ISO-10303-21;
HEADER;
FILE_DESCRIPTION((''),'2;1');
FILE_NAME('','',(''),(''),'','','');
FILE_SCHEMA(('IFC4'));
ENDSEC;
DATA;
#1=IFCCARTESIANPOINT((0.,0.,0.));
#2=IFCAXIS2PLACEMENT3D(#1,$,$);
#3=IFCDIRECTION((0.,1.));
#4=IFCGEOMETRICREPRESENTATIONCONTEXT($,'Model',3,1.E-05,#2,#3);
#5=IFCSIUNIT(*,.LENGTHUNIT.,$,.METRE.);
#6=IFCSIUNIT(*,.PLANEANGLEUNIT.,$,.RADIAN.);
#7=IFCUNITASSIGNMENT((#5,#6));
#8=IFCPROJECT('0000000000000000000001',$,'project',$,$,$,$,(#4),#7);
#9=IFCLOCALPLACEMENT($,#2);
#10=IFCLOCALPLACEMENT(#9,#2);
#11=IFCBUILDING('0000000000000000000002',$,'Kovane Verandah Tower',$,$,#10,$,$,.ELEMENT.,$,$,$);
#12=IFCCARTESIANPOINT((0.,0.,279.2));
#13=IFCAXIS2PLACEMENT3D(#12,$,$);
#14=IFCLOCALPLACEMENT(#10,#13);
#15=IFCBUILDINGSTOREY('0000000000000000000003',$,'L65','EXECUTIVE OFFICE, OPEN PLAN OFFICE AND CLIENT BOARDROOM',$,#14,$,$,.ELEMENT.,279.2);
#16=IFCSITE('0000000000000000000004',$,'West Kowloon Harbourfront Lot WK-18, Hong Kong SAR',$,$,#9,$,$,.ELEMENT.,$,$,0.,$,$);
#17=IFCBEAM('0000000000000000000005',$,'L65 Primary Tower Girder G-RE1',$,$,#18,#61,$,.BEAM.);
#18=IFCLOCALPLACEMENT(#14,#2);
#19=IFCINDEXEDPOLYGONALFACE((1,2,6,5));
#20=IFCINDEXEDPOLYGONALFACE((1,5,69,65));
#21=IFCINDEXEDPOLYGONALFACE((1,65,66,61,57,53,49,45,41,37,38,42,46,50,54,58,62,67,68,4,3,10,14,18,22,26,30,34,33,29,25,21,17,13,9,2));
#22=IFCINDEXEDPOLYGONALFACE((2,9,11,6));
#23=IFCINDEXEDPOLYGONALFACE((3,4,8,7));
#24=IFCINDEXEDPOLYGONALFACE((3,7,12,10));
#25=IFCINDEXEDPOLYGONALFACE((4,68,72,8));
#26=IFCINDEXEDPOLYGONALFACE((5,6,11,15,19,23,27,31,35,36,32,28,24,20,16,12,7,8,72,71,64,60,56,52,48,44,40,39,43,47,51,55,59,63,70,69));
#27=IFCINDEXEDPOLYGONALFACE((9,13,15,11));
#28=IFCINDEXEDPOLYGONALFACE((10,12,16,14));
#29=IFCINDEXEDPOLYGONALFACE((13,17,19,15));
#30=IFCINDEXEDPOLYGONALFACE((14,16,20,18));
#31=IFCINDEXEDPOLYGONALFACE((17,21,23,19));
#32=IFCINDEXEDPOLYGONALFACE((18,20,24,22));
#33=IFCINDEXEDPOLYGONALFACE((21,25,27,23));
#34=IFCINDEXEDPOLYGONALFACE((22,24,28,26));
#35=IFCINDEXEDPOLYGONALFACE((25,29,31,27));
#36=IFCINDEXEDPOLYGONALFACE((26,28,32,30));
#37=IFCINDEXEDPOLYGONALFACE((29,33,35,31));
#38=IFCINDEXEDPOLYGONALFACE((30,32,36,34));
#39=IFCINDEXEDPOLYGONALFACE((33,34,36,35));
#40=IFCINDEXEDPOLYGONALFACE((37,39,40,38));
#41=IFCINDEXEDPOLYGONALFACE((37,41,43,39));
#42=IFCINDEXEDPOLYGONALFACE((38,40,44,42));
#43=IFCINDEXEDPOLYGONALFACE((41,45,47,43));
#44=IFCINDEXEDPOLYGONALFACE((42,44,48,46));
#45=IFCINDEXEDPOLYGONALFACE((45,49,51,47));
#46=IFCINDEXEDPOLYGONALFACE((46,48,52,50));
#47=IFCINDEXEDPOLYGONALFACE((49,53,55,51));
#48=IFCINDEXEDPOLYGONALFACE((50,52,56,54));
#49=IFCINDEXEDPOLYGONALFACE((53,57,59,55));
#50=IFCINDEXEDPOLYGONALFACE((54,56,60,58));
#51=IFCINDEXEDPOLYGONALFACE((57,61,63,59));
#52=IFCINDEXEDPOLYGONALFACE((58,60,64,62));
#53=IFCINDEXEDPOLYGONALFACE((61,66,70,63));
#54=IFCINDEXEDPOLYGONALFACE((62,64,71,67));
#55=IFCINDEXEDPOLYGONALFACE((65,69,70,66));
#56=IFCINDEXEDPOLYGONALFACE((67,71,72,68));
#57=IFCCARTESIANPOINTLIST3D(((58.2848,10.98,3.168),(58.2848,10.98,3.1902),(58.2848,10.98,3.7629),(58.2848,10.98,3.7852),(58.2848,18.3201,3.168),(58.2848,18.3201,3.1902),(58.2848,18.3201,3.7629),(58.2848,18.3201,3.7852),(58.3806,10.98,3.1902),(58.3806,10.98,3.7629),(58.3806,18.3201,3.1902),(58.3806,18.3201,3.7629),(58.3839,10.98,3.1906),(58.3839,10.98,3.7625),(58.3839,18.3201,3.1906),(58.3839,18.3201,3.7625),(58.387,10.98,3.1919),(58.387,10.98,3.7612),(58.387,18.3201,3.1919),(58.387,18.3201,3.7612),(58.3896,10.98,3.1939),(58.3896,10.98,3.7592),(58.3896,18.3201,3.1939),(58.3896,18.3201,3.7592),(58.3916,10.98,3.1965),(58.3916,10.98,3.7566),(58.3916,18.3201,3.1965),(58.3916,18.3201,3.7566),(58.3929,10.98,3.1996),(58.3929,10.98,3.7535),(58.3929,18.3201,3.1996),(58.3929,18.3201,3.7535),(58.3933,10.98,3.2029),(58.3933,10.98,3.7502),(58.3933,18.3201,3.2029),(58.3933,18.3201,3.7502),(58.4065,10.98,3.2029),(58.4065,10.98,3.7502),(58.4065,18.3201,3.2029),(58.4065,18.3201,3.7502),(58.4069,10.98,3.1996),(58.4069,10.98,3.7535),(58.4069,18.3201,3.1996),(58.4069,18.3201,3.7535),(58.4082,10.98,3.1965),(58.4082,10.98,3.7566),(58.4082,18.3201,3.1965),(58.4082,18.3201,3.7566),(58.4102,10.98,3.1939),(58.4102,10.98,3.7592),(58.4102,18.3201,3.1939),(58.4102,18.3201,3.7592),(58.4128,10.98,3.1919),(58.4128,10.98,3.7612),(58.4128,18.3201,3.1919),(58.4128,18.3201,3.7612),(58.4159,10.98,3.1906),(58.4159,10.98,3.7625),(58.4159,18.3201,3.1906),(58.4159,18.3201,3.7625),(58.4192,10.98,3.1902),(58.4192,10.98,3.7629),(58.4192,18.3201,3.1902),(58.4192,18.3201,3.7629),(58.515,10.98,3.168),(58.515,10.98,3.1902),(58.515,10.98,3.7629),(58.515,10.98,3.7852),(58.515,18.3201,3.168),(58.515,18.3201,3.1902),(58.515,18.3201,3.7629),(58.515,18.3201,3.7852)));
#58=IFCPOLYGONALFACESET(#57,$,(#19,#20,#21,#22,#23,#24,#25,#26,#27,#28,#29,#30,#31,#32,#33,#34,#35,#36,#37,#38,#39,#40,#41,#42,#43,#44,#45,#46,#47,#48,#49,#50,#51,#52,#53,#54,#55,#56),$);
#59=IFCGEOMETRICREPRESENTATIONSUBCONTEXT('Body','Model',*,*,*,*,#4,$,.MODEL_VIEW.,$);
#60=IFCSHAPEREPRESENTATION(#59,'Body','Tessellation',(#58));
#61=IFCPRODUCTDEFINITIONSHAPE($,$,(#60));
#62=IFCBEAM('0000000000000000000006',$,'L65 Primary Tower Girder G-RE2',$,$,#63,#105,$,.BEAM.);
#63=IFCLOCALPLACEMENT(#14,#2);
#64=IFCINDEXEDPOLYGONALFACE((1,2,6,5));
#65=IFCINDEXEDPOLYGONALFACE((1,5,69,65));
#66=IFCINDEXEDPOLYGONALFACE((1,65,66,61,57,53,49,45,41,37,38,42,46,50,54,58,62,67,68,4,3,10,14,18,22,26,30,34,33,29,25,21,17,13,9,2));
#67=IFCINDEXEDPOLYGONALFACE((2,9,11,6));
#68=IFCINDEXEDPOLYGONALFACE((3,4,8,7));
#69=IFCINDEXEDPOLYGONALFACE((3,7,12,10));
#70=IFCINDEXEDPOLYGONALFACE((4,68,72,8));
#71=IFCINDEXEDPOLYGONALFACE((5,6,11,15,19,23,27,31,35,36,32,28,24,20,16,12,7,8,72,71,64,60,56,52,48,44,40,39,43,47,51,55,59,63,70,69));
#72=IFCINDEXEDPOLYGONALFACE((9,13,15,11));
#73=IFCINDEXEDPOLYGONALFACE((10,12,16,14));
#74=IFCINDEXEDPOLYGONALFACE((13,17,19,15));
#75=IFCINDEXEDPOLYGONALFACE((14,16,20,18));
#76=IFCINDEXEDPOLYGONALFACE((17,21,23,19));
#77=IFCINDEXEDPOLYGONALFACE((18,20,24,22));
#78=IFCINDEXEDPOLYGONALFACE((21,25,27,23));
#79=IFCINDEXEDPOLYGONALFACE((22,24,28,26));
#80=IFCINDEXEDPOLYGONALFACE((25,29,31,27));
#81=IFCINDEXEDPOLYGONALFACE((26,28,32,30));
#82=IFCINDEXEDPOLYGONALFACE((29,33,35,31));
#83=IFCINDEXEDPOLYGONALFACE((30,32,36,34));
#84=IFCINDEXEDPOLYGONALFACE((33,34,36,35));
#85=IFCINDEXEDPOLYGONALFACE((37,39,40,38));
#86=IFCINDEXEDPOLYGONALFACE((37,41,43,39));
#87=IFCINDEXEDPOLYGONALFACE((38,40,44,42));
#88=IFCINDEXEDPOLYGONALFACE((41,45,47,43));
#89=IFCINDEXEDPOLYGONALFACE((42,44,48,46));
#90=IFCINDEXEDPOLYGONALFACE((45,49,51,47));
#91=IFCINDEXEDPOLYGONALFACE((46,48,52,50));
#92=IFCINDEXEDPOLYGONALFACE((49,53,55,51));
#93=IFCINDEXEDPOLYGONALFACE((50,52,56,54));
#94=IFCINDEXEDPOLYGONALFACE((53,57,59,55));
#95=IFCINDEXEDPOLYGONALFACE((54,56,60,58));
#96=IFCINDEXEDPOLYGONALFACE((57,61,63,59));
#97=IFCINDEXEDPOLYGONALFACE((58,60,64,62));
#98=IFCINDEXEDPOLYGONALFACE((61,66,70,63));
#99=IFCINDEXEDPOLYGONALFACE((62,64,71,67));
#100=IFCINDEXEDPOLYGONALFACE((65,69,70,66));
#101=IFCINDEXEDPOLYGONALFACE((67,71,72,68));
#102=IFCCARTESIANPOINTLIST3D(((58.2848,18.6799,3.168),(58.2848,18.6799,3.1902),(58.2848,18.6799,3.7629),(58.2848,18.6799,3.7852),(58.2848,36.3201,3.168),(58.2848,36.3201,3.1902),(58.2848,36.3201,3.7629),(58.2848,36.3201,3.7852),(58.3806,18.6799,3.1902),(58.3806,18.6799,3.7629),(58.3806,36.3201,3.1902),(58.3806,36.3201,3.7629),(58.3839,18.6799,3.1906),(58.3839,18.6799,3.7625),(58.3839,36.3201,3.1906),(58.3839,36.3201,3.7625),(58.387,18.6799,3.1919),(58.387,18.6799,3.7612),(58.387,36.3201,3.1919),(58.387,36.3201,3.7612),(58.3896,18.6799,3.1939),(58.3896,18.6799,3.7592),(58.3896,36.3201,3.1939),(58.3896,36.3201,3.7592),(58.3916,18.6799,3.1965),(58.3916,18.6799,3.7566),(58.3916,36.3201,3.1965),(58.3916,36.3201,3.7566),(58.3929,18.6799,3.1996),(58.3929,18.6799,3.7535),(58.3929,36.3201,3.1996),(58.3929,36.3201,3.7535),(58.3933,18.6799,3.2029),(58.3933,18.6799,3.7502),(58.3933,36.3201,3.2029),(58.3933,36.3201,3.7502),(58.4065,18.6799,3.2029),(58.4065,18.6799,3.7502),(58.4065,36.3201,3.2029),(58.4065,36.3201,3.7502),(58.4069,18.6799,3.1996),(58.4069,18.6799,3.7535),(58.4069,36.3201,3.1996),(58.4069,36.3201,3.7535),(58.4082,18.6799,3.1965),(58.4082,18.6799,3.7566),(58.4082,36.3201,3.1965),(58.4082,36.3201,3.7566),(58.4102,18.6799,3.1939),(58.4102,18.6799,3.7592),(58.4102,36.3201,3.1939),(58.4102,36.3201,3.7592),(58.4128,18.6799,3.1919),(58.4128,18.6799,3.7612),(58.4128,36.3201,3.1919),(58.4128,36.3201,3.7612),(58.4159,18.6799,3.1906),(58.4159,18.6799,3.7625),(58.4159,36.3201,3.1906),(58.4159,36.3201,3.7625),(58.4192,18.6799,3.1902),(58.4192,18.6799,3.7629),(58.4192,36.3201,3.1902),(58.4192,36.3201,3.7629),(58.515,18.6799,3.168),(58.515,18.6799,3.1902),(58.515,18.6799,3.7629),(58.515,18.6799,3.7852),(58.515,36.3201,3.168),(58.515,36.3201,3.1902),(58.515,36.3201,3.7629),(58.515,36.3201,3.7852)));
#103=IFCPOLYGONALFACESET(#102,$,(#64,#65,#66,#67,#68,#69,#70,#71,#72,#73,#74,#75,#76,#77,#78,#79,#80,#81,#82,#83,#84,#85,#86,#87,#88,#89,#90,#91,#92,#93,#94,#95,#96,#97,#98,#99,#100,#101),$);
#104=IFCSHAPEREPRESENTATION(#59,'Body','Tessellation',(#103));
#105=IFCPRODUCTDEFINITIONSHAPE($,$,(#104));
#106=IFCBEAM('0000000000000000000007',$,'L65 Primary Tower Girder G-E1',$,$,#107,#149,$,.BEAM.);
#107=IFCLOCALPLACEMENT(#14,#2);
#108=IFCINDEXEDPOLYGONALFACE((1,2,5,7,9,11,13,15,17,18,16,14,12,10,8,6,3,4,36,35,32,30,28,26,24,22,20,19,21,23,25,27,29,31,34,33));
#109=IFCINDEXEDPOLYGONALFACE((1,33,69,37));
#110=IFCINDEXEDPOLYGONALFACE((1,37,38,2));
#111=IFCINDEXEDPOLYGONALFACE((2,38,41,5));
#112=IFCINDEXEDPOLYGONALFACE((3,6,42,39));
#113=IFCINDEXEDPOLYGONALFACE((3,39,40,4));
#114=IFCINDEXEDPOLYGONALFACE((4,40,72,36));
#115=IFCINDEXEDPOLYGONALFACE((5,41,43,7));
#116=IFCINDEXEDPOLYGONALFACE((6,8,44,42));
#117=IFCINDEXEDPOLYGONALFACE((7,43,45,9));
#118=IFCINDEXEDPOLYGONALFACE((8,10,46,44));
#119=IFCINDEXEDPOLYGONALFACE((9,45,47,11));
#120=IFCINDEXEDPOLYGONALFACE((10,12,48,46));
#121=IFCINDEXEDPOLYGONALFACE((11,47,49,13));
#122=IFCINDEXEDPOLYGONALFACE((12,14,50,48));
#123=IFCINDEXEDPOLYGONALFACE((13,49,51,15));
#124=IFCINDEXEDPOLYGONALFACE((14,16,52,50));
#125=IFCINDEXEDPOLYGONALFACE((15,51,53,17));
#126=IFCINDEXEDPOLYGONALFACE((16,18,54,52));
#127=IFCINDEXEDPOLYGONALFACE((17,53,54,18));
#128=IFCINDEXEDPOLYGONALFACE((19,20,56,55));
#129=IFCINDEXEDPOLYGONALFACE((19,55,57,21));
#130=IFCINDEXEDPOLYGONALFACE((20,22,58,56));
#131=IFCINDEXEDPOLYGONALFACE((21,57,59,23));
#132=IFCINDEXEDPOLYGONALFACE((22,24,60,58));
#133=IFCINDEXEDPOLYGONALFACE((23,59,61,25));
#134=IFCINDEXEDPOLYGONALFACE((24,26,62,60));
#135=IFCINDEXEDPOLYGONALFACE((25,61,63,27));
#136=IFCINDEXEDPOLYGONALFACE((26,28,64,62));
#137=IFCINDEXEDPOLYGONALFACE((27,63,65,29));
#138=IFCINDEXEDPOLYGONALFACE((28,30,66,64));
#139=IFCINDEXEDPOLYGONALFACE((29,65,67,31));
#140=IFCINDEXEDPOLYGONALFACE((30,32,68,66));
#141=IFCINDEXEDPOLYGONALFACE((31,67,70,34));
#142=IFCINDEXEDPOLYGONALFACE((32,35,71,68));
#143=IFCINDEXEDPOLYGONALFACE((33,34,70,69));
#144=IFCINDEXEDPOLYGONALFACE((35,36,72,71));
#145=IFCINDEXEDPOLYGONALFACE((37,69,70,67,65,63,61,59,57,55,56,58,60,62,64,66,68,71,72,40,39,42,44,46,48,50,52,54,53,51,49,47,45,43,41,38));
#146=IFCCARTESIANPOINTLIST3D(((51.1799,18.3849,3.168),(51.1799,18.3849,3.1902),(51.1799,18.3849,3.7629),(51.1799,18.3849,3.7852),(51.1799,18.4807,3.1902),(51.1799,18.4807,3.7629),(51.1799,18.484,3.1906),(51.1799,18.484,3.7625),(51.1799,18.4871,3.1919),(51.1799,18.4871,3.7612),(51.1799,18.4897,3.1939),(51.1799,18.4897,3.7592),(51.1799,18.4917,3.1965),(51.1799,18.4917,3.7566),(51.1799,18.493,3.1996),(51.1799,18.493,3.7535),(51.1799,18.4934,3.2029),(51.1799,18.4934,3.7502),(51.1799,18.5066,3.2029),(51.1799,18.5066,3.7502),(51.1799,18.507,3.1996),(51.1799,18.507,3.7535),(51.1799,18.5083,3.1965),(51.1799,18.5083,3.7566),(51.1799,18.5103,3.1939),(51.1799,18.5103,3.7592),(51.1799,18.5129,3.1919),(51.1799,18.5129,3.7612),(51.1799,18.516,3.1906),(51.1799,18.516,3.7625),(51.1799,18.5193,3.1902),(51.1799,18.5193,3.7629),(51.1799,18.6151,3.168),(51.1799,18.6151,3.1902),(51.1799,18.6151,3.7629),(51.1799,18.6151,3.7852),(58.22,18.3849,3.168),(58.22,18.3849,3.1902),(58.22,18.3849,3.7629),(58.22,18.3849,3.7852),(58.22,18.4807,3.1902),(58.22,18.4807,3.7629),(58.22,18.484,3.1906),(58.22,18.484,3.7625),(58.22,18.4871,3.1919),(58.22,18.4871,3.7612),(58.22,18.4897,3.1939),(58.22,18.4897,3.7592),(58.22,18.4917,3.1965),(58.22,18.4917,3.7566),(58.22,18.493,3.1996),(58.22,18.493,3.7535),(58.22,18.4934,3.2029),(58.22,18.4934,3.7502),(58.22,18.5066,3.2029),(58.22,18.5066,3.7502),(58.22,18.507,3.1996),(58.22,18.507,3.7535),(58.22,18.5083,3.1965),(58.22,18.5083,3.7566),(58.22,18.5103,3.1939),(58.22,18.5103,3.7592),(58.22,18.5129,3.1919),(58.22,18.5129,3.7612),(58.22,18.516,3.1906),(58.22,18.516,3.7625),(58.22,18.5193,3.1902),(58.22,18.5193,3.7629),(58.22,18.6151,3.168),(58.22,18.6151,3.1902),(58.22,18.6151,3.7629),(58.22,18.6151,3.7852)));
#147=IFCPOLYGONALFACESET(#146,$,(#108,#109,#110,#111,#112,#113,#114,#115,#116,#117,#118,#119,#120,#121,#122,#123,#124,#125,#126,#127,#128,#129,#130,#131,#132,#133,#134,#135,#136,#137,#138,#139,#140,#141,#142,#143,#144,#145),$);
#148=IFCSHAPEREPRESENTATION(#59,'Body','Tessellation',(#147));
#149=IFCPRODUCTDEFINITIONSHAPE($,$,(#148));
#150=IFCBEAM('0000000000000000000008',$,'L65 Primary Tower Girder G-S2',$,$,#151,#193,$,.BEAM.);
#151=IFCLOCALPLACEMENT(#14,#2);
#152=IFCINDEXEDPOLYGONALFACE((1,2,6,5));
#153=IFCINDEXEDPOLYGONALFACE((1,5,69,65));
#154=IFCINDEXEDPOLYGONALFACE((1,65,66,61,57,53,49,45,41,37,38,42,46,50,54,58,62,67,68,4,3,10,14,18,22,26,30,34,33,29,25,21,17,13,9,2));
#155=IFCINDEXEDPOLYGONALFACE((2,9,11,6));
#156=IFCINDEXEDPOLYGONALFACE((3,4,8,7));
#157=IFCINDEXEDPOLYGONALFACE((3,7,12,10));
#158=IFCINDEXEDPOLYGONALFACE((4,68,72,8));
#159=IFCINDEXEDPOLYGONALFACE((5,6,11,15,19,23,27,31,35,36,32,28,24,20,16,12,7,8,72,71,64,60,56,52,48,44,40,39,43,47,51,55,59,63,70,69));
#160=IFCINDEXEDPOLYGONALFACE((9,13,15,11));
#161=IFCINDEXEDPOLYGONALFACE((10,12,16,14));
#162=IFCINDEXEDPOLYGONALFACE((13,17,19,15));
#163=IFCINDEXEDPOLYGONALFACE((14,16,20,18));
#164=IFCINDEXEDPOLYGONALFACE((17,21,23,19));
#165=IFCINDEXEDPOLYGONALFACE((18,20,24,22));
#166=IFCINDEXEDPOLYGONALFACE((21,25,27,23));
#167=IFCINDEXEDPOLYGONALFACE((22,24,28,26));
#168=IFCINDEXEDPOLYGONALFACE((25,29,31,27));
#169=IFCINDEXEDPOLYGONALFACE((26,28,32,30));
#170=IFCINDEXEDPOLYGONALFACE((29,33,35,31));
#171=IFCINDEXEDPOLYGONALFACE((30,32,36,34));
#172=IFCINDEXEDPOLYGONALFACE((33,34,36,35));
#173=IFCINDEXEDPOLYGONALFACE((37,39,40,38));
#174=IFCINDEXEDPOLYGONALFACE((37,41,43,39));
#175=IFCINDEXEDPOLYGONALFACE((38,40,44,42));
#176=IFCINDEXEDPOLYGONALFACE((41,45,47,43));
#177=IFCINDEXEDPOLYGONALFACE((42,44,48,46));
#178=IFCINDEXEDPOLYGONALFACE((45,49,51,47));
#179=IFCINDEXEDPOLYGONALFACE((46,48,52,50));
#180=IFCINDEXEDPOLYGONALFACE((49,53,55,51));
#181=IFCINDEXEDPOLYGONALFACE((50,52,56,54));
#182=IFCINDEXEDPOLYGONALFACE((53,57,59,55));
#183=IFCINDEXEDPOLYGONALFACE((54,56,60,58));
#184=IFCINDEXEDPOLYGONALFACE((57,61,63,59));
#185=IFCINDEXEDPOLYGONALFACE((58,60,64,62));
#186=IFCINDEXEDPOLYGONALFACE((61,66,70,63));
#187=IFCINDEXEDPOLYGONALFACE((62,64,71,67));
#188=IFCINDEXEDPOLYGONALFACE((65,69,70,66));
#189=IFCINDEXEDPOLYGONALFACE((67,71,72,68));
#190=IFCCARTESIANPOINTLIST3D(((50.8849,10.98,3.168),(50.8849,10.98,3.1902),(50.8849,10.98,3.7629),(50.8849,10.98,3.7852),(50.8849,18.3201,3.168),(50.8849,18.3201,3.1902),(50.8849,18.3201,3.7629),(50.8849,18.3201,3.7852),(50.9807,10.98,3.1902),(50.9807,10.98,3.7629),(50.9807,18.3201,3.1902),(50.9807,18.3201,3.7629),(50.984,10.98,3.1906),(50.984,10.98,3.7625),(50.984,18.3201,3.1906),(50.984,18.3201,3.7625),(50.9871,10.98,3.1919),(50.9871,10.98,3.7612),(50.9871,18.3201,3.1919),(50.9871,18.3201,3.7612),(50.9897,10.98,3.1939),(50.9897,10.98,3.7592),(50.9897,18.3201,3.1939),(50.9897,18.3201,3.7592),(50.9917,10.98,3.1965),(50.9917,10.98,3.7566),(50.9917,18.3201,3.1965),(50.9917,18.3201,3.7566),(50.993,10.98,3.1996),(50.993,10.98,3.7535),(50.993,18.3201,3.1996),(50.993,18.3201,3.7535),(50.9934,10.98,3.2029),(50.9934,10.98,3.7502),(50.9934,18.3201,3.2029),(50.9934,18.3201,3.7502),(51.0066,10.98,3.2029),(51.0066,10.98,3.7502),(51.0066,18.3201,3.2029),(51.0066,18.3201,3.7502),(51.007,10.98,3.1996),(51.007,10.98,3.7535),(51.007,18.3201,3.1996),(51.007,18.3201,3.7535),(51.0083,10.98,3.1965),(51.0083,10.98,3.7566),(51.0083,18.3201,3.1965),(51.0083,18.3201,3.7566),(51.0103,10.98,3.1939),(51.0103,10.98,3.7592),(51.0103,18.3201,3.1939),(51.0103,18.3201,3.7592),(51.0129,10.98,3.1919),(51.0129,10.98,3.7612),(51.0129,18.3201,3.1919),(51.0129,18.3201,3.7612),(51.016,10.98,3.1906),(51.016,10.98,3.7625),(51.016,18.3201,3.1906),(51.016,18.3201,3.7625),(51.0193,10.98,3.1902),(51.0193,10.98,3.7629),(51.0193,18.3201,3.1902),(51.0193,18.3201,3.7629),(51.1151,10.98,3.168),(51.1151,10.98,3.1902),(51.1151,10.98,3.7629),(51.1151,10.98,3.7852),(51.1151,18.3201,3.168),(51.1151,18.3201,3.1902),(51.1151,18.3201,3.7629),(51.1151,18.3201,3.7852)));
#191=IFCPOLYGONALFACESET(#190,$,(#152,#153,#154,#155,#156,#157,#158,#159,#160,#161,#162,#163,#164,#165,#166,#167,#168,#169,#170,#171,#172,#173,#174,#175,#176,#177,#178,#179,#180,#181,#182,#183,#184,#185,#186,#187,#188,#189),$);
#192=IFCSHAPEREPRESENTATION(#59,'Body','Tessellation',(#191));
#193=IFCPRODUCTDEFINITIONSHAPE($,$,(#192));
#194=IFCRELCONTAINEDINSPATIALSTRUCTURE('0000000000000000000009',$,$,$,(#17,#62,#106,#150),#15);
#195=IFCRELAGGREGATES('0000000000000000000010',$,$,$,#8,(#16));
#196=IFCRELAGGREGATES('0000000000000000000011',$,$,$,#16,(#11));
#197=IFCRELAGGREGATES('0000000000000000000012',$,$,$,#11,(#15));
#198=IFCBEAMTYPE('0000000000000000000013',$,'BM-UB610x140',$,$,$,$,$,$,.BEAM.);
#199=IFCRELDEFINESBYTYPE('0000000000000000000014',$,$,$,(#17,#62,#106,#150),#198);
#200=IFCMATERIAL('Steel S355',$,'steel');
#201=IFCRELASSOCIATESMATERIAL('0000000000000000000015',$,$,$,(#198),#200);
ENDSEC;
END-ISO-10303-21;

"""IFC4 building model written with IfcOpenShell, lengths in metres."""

from ifc_helpers import new_model, si_unit, direction, frame, origin, origin_2d, place, context, subcontext, project, spatial, i_section, extrude, material, material_profile, profile_set, type_object, element, save


model = new_model("IFC4")

# Units and contexts
model_context = context("Model", 3, precision=1e-05, world=origin(), true_north=direction((0.0, 1.0)))
body_context = subcontext(model_context, "Body", "Model", "MODEL_VIEW")
ifc_project = project(units=[si_unit("LENGTHUNIT", "METRE"), si_unit("PLANEANGLEUNIT", "RADIAN")], contexts=[model_context])

# Site, building, storey
site_placement = place(None, origin())
site = spatial("IfcSite", under=ifc_project, at=site_placement, Name="West Kowloon Harbourfront Lot WK-18, Hong Kong SAR", CompositionType="ELEMENT", RefElevation=0.0)
building_placement = place(site_placement, origin())
building = spatial("IfcBuilding", under=site, at=building_placement, Name="Kovane Verandah Tower", CompositionType="ELEMENT")
storey_placement = place(building_placement, frame((0.0, 0.0, 279.2)))
storey = spatial("IfcBuildingStorey", under=building, at=storey_placement, Name="L65", Description="EXECUTIVE OFFICE, OPEN PLAN OFFICE AND CLIENT BOARDROOM", CompositionType="ELEMENT", Elevation=279.2)

# Beams
ifc_material_1 = material(Name="Steel S355", Category="steel")
ifc_material_profile_1 = material_profile(ifc_material_1, i_section(OverallWidth=0.2302, OverallDepth=0.6172, WebThickness=0.0132, FlangeThickness=0.0222, FilletRadius=0.0127, at=origin_2d()), Name="UB610x229x140")
ifc_profile_set_1 = profile_set([ifc_material_profile_1], Name="Steel S355")
beam_type_1 = type_object("IfcBeamType", Name="BM-UB610x140", PredefinedType="BEAM", material=ifc_profile_set_1)
beam_1_placement = place(storey_placement, frame((58.3999, 10.98, 3.4766), z_axis=(0.0, 1.0, 0.0), x_axis=(-1.0, 0.0, 0.0)))
element("IfcBeam", 1, at=beam_1_placement, inside=storey, type_object=beam_type_1, Name="L65 Primary Tower Girder G-RE1", PredefinedType="BEAM", context=body_context, shape_type="SweptSolid", body=[
    extrude(i_section(OverallWidth=0.2302, OverallDepth=0.6172, WebThickness=0.0132, FlangeThickness=0.0222, FilletRadius=0.0127, at=origin_2d()), origin(), (0.0, 0.0, 1.0), 7.3401),
])
beam_2_placement = place(storey_placement, frame((58.3999, 18.6799, 3.4766), z_axis=(0.0, 1.0, 0.0), x_axis=(-1.0, 0.0, 0.0)))
element("IfcBeam", 2, at=beam_2_placement, inside=storey, type_object=beam_type_1, Name="L65 Primary Tower Girder G-RE2", PredefinedType="BEAM", context=body_context, shape_type="SweptSolid", body=[
    extrude(i_section(OverallWidth=0.2302, OverallDepth=0.6172, WebThickness=0.0132, FlangeThickness=0.0222, FilletRadius=0.0127, at=origin_2d()), origin(), (0.0, 0.0, 1.0), 17.6401),
])
beam_3_placement = place(storey_placement, frame((51.1799, 18.5, 3.4766), z_axis=(1.0, 0.0, 0.0), x_axis=(0.0, 1.0, 0.0)))
element("IfcBeam", 3, at=beam_3_placement, inside=storey, type_object=beam_type_1, Name="L65 Primary Tower Girder G-E1", PredefinedType="BEAM", context=body_context, shape_type="SweptSolid", body=[
    extrude(i_section(OverallWidth=0.2302, OverallDepth=0.6172, WebThickness=0.0132, FlangeThickness=0.0222, FilletRadius=0.0127, at=origin_2d()), origin(), (0.0, 0.0, 1.0), 7.04),
])
beam_4_placement = place(storey_placement, frame((51.0, 18.3201, 3.4766), z_axis=(0.0, -1.0, 0.0), x_axis=(1.0, 0.0, 0.0)))
element("IfcBeam", 4, at=beam_4_placement, inside=storey, type_object=beam_type_1, Name="L65 Primary Tower Girder G-S2", PredefinedType="BEAM", context=body_context, shape_type="SweptSolid", body=[
    extrude(i_section(OverallWidth=0.2302, OverallDepth=0.6172, WebThickness=0.0132, FlangeThickness=0.0222, FilletRadius=0.0127, at=origin_2d()), origin(), (0.0, 0.0, 1.0), 7.3401),
])

save(model, "model.ifc")
